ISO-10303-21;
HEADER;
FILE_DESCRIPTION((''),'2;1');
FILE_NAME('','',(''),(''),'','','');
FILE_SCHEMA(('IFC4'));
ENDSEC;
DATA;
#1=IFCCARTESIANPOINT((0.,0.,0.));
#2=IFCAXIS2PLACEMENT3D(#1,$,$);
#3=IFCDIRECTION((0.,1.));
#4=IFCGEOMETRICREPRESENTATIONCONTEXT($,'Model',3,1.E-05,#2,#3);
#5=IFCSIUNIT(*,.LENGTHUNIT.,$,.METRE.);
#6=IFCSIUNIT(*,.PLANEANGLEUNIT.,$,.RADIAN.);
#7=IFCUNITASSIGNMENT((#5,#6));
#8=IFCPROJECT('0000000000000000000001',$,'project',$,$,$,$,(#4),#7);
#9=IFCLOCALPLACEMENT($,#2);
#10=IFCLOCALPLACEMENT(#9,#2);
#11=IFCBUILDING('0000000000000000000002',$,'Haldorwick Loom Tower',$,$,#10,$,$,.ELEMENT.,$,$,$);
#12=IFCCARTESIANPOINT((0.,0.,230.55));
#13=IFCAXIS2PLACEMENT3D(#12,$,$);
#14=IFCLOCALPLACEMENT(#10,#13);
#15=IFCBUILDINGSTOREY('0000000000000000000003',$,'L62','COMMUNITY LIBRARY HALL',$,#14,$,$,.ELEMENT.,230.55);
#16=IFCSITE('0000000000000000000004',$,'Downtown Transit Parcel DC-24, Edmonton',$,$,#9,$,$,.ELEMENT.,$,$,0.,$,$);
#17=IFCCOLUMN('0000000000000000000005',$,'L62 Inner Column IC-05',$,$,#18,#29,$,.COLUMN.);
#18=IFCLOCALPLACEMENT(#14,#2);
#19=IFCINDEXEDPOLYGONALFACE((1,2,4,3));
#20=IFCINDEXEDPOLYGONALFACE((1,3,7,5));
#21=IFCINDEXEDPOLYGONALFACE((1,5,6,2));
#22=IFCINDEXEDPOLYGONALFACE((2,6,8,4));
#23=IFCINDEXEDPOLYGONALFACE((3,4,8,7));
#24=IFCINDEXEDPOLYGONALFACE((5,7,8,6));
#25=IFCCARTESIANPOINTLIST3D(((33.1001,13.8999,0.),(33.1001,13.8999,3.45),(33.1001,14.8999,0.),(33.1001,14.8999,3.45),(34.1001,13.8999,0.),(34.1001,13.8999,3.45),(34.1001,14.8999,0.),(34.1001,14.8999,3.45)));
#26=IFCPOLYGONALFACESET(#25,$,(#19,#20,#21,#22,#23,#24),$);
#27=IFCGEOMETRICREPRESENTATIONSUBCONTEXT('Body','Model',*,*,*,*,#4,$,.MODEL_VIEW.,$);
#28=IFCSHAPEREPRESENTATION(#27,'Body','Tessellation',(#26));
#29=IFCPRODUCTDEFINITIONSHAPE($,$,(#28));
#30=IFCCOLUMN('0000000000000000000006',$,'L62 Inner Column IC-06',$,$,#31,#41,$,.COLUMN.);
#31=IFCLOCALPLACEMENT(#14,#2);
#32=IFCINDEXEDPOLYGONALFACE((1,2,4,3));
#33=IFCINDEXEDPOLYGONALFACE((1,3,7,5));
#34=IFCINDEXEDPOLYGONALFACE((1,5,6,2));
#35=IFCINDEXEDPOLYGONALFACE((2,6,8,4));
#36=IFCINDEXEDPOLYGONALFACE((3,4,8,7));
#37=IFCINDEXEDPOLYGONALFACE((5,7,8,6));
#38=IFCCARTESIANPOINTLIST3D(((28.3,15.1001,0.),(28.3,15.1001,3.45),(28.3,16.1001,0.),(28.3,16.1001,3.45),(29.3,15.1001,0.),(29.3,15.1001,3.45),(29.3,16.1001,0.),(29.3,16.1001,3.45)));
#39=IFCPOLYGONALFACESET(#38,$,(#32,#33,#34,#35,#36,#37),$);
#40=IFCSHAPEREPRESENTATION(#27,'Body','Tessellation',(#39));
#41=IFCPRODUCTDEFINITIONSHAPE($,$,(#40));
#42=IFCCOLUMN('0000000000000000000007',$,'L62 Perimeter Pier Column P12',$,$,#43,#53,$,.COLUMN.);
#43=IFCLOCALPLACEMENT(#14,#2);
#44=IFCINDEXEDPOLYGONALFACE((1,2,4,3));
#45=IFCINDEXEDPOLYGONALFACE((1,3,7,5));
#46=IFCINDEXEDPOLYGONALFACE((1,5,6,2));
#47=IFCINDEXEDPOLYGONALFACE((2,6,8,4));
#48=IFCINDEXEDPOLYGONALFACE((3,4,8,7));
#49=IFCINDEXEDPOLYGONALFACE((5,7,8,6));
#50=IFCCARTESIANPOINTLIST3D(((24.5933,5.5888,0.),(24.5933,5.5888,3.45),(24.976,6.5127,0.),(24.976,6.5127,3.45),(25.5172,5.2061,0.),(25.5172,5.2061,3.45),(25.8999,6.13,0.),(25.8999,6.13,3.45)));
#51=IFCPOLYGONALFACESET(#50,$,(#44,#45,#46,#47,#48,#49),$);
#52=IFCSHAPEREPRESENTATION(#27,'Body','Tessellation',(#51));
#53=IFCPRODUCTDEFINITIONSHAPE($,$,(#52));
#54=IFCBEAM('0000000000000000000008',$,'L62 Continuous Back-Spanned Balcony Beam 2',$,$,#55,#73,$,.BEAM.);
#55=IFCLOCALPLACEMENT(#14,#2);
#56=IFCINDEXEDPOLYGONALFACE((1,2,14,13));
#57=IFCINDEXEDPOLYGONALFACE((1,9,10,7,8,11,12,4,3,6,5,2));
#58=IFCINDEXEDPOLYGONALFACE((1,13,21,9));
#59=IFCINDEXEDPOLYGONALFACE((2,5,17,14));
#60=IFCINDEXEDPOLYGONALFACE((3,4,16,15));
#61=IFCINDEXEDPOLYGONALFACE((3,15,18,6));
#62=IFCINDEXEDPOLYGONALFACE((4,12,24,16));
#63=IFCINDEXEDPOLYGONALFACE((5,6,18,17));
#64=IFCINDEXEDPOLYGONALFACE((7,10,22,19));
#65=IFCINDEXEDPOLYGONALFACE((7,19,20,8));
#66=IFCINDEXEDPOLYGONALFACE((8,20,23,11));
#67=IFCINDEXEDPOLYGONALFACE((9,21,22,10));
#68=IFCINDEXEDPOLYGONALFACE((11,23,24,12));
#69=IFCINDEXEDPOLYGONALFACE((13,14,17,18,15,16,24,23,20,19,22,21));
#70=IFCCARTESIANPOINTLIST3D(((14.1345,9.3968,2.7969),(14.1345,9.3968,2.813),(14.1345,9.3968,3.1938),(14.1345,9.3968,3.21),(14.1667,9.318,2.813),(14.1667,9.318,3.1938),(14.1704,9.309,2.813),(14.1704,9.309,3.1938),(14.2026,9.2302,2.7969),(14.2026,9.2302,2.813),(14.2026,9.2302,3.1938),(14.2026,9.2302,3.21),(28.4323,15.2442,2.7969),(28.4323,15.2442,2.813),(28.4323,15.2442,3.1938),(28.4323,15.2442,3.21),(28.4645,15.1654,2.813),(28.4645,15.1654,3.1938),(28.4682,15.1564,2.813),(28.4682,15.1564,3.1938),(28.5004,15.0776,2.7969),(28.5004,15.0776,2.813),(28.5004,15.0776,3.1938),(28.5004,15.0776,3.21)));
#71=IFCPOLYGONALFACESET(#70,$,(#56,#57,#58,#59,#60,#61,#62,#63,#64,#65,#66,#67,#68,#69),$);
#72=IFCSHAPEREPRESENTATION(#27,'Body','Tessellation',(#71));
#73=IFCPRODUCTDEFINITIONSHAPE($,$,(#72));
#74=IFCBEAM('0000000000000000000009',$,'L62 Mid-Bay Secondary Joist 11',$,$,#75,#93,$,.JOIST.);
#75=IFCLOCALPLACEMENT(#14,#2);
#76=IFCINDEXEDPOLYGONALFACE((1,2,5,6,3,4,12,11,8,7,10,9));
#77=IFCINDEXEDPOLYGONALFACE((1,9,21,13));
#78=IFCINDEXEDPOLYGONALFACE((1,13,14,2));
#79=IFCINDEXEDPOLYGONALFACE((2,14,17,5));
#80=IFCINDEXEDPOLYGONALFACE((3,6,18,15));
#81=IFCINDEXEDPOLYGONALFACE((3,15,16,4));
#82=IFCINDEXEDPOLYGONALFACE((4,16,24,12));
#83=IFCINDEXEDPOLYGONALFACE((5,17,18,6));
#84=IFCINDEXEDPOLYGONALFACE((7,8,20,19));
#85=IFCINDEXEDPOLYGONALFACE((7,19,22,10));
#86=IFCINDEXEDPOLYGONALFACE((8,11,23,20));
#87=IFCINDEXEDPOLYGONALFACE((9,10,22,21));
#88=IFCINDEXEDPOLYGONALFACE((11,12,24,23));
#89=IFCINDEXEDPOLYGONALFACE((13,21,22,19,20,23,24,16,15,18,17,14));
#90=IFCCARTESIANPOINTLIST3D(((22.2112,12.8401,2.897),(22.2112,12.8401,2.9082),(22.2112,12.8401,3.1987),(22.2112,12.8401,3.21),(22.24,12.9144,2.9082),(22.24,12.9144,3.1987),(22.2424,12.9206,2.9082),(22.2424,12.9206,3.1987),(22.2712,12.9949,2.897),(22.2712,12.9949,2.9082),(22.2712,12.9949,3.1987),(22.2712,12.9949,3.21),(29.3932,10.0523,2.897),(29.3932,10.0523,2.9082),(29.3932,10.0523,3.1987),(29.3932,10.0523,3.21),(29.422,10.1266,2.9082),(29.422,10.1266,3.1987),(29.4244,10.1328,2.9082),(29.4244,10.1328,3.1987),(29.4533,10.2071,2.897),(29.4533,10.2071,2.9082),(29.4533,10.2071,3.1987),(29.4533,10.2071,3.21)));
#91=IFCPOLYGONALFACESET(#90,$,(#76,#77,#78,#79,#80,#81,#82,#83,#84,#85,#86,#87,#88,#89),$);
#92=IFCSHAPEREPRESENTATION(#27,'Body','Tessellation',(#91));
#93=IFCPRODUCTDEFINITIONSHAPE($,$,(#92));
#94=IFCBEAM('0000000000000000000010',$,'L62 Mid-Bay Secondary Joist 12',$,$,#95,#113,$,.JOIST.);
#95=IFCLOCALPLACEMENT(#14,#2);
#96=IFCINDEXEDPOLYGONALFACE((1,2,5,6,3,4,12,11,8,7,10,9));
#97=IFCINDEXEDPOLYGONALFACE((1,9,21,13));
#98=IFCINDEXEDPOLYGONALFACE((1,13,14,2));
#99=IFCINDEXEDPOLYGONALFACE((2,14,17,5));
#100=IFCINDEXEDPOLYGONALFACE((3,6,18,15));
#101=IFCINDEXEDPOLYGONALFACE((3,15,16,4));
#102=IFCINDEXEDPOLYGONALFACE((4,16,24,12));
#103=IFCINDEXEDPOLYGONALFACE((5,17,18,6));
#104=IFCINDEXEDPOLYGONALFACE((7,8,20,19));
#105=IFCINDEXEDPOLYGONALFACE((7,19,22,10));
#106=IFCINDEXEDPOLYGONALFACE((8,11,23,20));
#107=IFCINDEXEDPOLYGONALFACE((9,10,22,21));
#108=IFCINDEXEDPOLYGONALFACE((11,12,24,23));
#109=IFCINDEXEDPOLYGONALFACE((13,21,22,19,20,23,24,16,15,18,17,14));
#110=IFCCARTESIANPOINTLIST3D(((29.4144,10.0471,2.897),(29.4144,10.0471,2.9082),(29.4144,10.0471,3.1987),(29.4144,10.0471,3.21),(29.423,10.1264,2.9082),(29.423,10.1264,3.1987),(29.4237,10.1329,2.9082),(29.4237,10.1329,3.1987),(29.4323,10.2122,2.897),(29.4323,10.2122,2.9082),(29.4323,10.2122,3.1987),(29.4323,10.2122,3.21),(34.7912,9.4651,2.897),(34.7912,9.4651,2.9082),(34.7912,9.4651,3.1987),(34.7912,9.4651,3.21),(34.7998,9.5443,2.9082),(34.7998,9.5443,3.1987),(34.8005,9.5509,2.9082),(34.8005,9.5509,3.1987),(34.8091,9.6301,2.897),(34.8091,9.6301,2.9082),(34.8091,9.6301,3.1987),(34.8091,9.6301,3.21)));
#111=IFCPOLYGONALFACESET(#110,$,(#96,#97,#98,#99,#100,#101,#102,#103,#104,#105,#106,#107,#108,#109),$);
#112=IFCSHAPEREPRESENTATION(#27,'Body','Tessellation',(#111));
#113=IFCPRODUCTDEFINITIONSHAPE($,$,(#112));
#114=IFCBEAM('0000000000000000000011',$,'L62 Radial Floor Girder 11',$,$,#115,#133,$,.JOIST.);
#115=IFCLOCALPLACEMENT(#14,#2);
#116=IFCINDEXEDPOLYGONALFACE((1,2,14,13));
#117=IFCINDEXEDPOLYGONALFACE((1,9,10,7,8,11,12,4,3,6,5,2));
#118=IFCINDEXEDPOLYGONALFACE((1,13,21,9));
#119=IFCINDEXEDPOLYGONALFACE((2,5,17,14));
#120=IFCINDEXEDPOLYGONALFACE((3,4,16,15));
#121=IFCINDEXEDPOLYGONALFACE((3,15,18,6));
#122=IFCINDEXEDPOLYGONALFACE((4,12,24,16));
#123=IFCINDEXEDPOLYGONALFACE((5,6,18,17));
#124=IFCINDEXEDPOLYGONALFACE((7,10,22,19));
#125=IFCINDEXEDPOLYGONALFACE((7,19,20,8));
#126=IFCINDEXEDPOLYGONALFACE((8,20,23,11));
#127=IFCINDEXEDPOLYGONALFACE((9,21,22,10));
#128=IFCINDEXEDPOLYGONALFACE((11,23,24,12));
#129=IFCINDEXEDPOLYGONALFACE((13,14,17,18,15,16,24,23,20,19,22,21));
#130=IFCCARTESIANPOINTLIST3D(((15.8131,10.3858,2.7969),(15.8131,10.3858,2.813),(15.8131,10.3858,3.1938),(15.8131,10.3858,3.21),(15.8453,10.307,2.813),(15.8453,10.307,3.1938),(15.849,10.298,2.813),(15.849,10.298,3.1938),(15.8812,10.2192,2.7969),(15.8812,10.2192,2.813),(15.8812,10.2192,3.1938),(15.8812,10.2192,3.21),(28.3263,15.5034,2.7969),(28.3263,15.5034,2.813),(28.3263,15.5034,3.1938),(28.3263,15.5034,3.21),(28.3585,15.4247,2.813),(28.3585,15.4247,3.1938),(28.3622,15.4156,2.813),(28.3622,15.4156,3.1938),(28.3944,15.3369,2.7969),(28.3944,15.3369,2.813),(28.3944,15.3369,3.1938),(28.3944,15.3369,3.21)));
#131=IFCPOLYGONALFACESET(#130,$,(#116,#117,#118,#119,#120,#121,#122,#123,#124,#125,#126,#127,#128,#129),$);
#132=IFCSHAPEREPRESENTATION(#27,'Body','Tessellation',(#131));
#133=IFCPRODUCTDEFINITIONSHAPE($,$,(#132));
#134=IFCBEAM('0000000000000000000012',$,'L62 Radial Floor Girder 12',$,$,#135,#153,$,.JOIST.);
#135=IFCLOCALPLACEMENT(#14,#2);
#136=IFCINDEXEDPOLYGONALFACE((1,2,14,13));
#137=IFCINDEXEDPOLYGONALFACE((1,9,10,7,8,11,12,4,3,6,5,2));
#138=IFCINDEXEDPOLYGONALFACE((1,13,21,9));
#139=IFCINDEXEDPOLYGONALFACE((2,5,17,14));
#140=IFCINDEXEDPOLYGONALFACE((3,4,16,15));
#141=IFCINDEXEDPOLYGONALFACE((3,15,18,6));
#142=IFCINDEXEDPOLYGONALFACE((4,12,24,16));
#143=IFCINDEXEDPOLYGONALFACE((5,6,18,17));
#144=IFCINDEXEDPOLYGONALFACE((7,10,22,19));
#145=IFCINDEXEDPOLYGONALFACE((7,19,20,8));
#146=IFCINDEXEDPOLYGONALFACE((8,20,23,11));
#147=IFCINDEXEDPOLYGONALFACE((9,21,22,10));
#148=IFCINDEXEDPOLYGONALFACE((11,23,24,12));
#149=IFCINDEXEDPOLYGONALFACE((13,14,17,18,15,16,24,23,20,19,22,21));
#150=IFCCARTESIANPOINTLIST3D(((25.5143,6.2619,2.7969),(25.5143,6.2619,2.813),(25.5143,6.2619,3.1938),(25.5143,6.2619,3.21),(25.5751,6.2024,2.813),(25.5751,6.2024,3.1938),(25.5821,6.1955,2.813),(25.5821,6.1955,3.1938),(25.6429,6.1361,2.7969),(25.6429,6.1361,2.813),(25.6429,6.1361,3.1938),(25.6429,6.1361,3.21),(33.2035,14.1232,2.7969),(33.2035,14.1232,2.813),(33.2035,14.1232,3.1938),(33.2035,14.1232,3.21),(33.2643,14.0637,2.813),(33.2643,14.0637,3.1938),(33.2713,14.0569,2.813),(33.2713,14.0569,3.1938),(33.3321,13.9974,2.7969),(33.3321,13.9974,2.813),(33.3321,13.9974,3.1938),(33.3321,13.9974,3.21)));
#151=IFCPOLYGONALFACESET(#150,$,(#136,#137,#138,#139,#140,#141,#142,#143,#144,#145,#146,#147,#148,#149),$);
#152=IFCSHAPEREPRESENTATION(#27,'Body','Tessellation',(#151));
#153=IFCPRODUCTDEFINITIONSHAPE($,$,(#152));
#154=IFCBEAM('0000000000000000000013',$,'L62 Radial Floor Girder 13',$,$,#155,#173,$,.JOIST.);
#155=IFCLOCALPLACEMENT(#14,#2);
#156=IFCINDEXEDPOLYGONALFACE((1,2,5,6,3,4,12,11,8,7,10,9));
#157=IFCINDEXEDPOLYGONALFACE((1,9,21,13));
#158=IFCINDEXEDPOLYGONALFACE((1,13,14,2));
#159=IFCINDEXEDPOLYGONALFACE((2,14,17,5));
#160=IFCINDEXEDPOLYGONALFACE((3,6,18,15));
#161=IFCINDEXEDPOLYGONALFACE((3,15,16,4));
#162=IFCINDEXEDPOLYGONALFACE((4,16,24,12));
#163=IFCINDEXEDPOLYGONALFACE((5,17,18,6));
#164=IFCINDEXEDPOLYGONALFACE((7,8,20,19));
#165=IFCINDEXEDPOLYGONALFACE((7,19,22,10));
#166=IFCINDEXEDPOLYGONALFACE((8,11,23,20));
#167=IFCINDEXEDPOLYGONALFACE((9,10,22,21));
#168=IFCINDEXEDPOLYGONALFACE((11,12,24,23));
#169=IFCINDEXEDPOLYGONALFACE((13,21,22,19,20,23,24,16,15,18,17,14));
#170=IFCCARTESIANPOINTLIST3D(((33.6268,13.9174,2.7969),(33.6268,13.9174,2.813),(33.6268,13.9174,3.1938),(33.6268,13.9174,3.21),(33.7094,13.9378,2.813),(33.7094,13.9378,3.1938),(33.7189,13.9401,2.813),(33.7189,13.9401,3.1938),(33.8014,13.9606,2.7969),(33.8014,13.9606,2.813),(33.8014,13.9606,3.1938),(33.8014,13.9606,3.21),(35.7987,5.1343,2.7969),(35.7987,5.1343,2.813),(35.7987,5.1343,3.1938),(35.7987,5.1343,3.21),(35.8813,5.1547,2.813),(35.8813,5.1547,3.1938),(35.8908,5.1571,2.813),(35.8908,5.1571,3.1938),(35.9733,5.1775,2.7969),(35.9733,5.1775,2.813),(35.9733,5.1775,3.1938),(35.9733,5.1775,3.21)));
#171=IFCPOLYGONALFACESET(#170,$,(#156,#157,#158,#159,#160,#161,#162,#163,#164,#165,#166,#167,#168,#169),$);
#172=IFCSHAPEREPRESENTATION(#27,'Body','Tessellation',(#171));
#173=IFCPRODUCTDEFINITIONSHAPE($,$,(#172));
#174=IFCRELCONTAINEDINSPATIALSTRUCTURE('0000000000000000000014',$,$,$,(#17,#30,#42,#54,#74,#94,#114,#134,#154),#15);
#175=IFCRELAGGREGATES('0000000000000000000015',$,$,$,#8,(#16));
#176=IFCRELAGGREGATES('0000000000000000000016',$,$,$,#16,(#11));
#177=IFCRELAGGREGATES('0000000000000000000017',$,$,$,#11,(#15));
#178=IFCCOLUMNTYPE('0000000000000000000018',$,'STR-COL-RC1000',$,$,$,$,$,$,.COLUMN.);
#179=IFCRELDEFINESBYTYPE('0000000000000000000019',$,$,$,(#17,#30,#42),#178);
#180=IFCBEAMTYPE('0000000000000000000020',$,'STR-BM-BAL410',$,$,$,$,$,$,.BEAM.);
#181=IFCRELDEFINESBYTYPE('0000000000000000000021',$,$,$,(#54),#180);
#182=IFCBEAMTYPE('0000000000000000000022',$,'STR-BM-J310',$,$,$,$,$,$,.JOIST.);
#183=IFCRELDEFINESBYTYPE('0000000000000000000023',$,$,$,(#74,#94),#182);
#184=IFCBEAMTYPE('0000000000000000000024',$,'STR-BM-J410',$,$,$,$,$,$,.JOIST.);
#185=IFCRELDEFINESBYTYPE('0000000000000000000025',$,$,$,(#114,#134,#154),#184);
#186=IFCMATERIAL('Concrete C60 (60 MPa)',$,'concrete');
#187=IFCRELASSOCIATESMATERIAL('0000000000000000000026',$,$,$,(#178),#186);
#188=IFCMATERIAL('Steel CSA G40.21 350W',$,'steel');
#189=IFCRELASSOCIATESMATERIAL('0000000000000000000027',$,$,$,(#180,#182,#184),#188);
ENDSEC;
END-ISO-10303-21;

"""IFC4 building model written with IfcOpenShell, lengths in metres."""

from ifc_helpers import new_model, si_unit, direction, frame, origin, origin_2d, place, context, subcontext, project, spatial, rectangle, i_section, extrude, material, material_profile, profile_set, type_object, element, save


model = new_model("IFC4")

# Units and contexts
model_context = context("Model", 3, precision=1e-05, world=origin(), true_north=direction((0.0, 1.0)))
body_context = subcontext(model_context, "Body", "Model", "MODEL_VIEW")
ifc_project = project(units=[si_unit("LENGTHUNIT", "METRE"), si_unit("PLANEANGLEUNIT", "RADIAN")], contexts=[model_context])

# Site, building, storey
site_placement = place(None, origin())
site = spatial("IfcSite", under=ifc_project, at=site_placement, Name="Downtown Transit Parcel DC-24, Edmonton", CompositionType="ELEMENT", RefElevation=0.0)
building_placement = place(site_placement, origin())
building = spatial("IfcBuilding", under=site, at=building_placement, Name="Haldorwick Loom Tower", CompositionType="ELEMENT")
storey_placement = place(building_placement, frame((0.0, 0.0, 230.55)))
storey = spatial("IfcBuildingStorey", under=building, at=storey_placement, Name="L62", Description="COMMUNITY LIBRARY HALL", CompositionType="ELEMENT", Elevation=230.55)

# Columns
ifc_material_1 = material(Name="Concrete C60 (60 MPa)", Category="concrete")
ifc_material_profile_1 = material_profile(ifc_material_1, rectangle(XDim=1.0, YDim=1.0, at=origin_2d()), Name="RC1000X1000", Category="concrete")
ifc_profile_set_1 = profile_set([ifc_material_profile_1], Name="Concrete C60 (60 MPa)")
column_type = type_object("IfcColumnType", Name="STR-COL-RC1000", PredefinedType="COLUMN", material=ifc_profile_set_1)
for number, where, z_axis, x_axis, name in (
    (1, (33.6001, 14.3999, 0.0), (0.0, 0.0, 1.0), (1.0, 0.0, 0.0), "L62 Inner Column IC-05"),
    (2, (28.8, 15.6001, 0.0), (0.0, 0.0, 1.0), (1.0, 0.0, 0.0), "L62 Inner Column IC-06"),
    (3, (25.2466, 5.8594, 0.0), (0.0, 0.0, 1.0), (-0.382683, -0.92388, 0.0), "L62 Perimeter Pier Column P12"),
):
    element("IfcColumn", number, at=place(storey_placement, frame(where, z_axis=z_axis, x_axis=x_axis)), inside=storey, type_object=column_type, Name=name, PredefinedType="COLUMN", context=body_context, shape_type="SweptSolid", body=[
        extrude(rectangle(XDim=1.0, YDim=1.0, at=origin_2d()), origin(), (0.0, 0.0, 1.0), 3.45),
    ])

# Beams
ifc_material_2 = material(Name="Steel CSA G40.21 350W", Category="steel")
ifc_material_profile_2 = material_profile(ifc_material_2, i_section(OverallWidth=0.1799, OverallDepth=0.4131, WebThickness=0.0098, FlangeThickness=0.0161, at=origin_2d()), Name="W410X74", Category="steel")
ifc_profile_set_2 = profile_set([ifc_material_profile_2], Name="Steel CSA G40.21 350W")
beam_type_1 = type_object("IfcBeamType", Name="STR-BM-BAL410", PredefinedType="BEAM", material=ifc_profile_set_2)
beam_1_placement = place(storey_placement, frame((28.4663, 15.1609, 3.0034), z_axis=(-0.925586, -0.378538, 0.0), x_axis=(0.378538, -0.925586, 0.0)))
element("IfcBeam", 4, at=beam_1_placement, inside=storey, type_object=beam_type_1, Name="L62 Continuous Back-Spanned Balcony Beam 2", PredefinedType="BEAM", context=body_context, shape_type="SweptSolid", body=[
    extrude(i_section(OverallWidth=0.1799, OverallDepth=0.4131, WebThickness=0.0098, FlangeThickness=0.0161, at=origin_2d()), origin(), (0.0, 0.0, 1.0), 15.4473),
])
ifc_material_profile_3 = material_profile(ifc_material_2, i_section(OverallWidth=0.166, OverallDepth=0.313, WebThickness=0.0066, FlangeThickness=0.0112, at=origin_2d()), Name="W310X45", Category="steel")
ifc_profile_set_3 = profile_set([ifc_material_profile_3], Name="Steel CSA G40.21 350W")
beam_type_2 = type_object("IfcBeamType", Name="STR-BM-J310", PredefinedType="JOIST", material=ifc_profile_set_3)
beam_2_placement = place(storey_placement, frame((22.2412, 12.9175, 3.0535), z_axis=(0.932233, -0.361859, 0.0), x_axis=(0.361859, 0.932233, 0.0)))
element("IfcBeam", 5, at=beam_2_placement, inside=storey, type_object=beam_type_2, Name="L62 Mid-Bay Secondary Joist 11", PredefinedType="JOIST", context=body_context, shape_type="SweptSolid", body=[
    extrude(i_section(OverallWidth=0.166, OverallDepth=0.313, WebThickness=0.0066, FlangeThickness=0.0112, at=origin_2d()), origin(), (0.0, 0.0, 1.0), 7.7041),
])
beam_3_placement = place(storey_placement, frame((29.4233, 10.1296, 3.0535), z_axis=(0.994192, -0.107622, 0.0), x_axis=(0.107622, 0.994192, 0.0)))
element("IfcBeam", 6, at=beam_3_placement, inside=storey, type_object=beam_type_2, Name="L62 Mid-Bay Secondary Joist 12", PredefinedType="JOIST", context=body_context, shape_type="SweptSolid", body=[
    extrude(i_section(OverallWidth=0.166, OverallDepth=0.313, WebThickness=0.0066, FlangeThickness=0.0112, at=origin_2d()), origin(), (0.0, 0.0, 1.0), 5.4082),
])
ifc_material_profile_4 = material_profile(ifc_material_2, i_section(OverallWidth=0.1799, OverallDepth=0.4131, WebThickness=0.0098, FlangeThickness=0.0161, at=origin_2d()), Name="W410X74", Category="steel")
ifc_profile_set_4 = profile_set([ifc_material_profile_4], Name="Steel CSA G40.21 350W")
beam_type_3 = type_object("IfcBeamType", Name="STR-BM-J410", PredefinedType="JOIST", material=ifc_profile_set_4)
beam_4_placement = place(storey_placement, frame((28.3604, 15.4202, 3.0034), z_axis=(-0.925582, -0.378547, 0.0), x_axis=(0.378547, -0.925582, 0.0)))
element("IfcBeam", 7, at=beam_4_placement, inside=storey, type_object=beam_type_3, Name="L62 Radial Floor Girder 11", PredefinedType="JOIST", context=body_context, shape_type="SweptSolid", body=[
    extrude(i_section(OverallWidth=0.1799, OverallDepth=0.4131, WebThickness=0.0098, FlangeThickness=0.0161, at=origin_2d()), origin(), (0.0, 0.0, 1.0), 13.5193),
])
beam_5_placement = place(storey_placement, frame((33.2678, 14.0603, 3.0034), z_axis=(-0.699237, -0.71489, 0.0), x_axis=(0.71489, -0.699237, 0.0)))
element("IfcBeam", 8, at=beam_5_placement, inside=storey, type_object=beam_type_3, Name="L62 Radial Floor Girder 12", PredefinedType="JOIST", context=body_context, shape_type="SweptSolid", body=[
    extrude(i_section(OverallWidth=0.1799, OverallDepth=0.4131, WebThickness=0.0098, FlangeThickness=0.0161, at=origin_2d()), origin(), (0.0, 0.0, 1.0), 10.9966),
])
beam_6_placement = place(storey_placement, frame((33.7141, 13.939, 3.0034), z_axis=(0.240052, -0.97076, 0.0), x_axis=(0.97076, 0.240052, 0.0)))
element("IfcBeam", 9, at=beam_6_placement, inside=storey, type_object=beam_type_3, Name="L62 Radial Floor Girder 13", PredefinedType="JOIST", context=body_context, shape_type="SweptSolid", body=[
    extrude(i_section(OverallWidth=0.1799, OverallDepth=0.4131, WebThickness=0.0098, FlangeThickness=0.0161, at=origin_2d()), origin(), (0.0, 0.0, 1.0), 9.0476),
])

save(model, "model.ifc")
